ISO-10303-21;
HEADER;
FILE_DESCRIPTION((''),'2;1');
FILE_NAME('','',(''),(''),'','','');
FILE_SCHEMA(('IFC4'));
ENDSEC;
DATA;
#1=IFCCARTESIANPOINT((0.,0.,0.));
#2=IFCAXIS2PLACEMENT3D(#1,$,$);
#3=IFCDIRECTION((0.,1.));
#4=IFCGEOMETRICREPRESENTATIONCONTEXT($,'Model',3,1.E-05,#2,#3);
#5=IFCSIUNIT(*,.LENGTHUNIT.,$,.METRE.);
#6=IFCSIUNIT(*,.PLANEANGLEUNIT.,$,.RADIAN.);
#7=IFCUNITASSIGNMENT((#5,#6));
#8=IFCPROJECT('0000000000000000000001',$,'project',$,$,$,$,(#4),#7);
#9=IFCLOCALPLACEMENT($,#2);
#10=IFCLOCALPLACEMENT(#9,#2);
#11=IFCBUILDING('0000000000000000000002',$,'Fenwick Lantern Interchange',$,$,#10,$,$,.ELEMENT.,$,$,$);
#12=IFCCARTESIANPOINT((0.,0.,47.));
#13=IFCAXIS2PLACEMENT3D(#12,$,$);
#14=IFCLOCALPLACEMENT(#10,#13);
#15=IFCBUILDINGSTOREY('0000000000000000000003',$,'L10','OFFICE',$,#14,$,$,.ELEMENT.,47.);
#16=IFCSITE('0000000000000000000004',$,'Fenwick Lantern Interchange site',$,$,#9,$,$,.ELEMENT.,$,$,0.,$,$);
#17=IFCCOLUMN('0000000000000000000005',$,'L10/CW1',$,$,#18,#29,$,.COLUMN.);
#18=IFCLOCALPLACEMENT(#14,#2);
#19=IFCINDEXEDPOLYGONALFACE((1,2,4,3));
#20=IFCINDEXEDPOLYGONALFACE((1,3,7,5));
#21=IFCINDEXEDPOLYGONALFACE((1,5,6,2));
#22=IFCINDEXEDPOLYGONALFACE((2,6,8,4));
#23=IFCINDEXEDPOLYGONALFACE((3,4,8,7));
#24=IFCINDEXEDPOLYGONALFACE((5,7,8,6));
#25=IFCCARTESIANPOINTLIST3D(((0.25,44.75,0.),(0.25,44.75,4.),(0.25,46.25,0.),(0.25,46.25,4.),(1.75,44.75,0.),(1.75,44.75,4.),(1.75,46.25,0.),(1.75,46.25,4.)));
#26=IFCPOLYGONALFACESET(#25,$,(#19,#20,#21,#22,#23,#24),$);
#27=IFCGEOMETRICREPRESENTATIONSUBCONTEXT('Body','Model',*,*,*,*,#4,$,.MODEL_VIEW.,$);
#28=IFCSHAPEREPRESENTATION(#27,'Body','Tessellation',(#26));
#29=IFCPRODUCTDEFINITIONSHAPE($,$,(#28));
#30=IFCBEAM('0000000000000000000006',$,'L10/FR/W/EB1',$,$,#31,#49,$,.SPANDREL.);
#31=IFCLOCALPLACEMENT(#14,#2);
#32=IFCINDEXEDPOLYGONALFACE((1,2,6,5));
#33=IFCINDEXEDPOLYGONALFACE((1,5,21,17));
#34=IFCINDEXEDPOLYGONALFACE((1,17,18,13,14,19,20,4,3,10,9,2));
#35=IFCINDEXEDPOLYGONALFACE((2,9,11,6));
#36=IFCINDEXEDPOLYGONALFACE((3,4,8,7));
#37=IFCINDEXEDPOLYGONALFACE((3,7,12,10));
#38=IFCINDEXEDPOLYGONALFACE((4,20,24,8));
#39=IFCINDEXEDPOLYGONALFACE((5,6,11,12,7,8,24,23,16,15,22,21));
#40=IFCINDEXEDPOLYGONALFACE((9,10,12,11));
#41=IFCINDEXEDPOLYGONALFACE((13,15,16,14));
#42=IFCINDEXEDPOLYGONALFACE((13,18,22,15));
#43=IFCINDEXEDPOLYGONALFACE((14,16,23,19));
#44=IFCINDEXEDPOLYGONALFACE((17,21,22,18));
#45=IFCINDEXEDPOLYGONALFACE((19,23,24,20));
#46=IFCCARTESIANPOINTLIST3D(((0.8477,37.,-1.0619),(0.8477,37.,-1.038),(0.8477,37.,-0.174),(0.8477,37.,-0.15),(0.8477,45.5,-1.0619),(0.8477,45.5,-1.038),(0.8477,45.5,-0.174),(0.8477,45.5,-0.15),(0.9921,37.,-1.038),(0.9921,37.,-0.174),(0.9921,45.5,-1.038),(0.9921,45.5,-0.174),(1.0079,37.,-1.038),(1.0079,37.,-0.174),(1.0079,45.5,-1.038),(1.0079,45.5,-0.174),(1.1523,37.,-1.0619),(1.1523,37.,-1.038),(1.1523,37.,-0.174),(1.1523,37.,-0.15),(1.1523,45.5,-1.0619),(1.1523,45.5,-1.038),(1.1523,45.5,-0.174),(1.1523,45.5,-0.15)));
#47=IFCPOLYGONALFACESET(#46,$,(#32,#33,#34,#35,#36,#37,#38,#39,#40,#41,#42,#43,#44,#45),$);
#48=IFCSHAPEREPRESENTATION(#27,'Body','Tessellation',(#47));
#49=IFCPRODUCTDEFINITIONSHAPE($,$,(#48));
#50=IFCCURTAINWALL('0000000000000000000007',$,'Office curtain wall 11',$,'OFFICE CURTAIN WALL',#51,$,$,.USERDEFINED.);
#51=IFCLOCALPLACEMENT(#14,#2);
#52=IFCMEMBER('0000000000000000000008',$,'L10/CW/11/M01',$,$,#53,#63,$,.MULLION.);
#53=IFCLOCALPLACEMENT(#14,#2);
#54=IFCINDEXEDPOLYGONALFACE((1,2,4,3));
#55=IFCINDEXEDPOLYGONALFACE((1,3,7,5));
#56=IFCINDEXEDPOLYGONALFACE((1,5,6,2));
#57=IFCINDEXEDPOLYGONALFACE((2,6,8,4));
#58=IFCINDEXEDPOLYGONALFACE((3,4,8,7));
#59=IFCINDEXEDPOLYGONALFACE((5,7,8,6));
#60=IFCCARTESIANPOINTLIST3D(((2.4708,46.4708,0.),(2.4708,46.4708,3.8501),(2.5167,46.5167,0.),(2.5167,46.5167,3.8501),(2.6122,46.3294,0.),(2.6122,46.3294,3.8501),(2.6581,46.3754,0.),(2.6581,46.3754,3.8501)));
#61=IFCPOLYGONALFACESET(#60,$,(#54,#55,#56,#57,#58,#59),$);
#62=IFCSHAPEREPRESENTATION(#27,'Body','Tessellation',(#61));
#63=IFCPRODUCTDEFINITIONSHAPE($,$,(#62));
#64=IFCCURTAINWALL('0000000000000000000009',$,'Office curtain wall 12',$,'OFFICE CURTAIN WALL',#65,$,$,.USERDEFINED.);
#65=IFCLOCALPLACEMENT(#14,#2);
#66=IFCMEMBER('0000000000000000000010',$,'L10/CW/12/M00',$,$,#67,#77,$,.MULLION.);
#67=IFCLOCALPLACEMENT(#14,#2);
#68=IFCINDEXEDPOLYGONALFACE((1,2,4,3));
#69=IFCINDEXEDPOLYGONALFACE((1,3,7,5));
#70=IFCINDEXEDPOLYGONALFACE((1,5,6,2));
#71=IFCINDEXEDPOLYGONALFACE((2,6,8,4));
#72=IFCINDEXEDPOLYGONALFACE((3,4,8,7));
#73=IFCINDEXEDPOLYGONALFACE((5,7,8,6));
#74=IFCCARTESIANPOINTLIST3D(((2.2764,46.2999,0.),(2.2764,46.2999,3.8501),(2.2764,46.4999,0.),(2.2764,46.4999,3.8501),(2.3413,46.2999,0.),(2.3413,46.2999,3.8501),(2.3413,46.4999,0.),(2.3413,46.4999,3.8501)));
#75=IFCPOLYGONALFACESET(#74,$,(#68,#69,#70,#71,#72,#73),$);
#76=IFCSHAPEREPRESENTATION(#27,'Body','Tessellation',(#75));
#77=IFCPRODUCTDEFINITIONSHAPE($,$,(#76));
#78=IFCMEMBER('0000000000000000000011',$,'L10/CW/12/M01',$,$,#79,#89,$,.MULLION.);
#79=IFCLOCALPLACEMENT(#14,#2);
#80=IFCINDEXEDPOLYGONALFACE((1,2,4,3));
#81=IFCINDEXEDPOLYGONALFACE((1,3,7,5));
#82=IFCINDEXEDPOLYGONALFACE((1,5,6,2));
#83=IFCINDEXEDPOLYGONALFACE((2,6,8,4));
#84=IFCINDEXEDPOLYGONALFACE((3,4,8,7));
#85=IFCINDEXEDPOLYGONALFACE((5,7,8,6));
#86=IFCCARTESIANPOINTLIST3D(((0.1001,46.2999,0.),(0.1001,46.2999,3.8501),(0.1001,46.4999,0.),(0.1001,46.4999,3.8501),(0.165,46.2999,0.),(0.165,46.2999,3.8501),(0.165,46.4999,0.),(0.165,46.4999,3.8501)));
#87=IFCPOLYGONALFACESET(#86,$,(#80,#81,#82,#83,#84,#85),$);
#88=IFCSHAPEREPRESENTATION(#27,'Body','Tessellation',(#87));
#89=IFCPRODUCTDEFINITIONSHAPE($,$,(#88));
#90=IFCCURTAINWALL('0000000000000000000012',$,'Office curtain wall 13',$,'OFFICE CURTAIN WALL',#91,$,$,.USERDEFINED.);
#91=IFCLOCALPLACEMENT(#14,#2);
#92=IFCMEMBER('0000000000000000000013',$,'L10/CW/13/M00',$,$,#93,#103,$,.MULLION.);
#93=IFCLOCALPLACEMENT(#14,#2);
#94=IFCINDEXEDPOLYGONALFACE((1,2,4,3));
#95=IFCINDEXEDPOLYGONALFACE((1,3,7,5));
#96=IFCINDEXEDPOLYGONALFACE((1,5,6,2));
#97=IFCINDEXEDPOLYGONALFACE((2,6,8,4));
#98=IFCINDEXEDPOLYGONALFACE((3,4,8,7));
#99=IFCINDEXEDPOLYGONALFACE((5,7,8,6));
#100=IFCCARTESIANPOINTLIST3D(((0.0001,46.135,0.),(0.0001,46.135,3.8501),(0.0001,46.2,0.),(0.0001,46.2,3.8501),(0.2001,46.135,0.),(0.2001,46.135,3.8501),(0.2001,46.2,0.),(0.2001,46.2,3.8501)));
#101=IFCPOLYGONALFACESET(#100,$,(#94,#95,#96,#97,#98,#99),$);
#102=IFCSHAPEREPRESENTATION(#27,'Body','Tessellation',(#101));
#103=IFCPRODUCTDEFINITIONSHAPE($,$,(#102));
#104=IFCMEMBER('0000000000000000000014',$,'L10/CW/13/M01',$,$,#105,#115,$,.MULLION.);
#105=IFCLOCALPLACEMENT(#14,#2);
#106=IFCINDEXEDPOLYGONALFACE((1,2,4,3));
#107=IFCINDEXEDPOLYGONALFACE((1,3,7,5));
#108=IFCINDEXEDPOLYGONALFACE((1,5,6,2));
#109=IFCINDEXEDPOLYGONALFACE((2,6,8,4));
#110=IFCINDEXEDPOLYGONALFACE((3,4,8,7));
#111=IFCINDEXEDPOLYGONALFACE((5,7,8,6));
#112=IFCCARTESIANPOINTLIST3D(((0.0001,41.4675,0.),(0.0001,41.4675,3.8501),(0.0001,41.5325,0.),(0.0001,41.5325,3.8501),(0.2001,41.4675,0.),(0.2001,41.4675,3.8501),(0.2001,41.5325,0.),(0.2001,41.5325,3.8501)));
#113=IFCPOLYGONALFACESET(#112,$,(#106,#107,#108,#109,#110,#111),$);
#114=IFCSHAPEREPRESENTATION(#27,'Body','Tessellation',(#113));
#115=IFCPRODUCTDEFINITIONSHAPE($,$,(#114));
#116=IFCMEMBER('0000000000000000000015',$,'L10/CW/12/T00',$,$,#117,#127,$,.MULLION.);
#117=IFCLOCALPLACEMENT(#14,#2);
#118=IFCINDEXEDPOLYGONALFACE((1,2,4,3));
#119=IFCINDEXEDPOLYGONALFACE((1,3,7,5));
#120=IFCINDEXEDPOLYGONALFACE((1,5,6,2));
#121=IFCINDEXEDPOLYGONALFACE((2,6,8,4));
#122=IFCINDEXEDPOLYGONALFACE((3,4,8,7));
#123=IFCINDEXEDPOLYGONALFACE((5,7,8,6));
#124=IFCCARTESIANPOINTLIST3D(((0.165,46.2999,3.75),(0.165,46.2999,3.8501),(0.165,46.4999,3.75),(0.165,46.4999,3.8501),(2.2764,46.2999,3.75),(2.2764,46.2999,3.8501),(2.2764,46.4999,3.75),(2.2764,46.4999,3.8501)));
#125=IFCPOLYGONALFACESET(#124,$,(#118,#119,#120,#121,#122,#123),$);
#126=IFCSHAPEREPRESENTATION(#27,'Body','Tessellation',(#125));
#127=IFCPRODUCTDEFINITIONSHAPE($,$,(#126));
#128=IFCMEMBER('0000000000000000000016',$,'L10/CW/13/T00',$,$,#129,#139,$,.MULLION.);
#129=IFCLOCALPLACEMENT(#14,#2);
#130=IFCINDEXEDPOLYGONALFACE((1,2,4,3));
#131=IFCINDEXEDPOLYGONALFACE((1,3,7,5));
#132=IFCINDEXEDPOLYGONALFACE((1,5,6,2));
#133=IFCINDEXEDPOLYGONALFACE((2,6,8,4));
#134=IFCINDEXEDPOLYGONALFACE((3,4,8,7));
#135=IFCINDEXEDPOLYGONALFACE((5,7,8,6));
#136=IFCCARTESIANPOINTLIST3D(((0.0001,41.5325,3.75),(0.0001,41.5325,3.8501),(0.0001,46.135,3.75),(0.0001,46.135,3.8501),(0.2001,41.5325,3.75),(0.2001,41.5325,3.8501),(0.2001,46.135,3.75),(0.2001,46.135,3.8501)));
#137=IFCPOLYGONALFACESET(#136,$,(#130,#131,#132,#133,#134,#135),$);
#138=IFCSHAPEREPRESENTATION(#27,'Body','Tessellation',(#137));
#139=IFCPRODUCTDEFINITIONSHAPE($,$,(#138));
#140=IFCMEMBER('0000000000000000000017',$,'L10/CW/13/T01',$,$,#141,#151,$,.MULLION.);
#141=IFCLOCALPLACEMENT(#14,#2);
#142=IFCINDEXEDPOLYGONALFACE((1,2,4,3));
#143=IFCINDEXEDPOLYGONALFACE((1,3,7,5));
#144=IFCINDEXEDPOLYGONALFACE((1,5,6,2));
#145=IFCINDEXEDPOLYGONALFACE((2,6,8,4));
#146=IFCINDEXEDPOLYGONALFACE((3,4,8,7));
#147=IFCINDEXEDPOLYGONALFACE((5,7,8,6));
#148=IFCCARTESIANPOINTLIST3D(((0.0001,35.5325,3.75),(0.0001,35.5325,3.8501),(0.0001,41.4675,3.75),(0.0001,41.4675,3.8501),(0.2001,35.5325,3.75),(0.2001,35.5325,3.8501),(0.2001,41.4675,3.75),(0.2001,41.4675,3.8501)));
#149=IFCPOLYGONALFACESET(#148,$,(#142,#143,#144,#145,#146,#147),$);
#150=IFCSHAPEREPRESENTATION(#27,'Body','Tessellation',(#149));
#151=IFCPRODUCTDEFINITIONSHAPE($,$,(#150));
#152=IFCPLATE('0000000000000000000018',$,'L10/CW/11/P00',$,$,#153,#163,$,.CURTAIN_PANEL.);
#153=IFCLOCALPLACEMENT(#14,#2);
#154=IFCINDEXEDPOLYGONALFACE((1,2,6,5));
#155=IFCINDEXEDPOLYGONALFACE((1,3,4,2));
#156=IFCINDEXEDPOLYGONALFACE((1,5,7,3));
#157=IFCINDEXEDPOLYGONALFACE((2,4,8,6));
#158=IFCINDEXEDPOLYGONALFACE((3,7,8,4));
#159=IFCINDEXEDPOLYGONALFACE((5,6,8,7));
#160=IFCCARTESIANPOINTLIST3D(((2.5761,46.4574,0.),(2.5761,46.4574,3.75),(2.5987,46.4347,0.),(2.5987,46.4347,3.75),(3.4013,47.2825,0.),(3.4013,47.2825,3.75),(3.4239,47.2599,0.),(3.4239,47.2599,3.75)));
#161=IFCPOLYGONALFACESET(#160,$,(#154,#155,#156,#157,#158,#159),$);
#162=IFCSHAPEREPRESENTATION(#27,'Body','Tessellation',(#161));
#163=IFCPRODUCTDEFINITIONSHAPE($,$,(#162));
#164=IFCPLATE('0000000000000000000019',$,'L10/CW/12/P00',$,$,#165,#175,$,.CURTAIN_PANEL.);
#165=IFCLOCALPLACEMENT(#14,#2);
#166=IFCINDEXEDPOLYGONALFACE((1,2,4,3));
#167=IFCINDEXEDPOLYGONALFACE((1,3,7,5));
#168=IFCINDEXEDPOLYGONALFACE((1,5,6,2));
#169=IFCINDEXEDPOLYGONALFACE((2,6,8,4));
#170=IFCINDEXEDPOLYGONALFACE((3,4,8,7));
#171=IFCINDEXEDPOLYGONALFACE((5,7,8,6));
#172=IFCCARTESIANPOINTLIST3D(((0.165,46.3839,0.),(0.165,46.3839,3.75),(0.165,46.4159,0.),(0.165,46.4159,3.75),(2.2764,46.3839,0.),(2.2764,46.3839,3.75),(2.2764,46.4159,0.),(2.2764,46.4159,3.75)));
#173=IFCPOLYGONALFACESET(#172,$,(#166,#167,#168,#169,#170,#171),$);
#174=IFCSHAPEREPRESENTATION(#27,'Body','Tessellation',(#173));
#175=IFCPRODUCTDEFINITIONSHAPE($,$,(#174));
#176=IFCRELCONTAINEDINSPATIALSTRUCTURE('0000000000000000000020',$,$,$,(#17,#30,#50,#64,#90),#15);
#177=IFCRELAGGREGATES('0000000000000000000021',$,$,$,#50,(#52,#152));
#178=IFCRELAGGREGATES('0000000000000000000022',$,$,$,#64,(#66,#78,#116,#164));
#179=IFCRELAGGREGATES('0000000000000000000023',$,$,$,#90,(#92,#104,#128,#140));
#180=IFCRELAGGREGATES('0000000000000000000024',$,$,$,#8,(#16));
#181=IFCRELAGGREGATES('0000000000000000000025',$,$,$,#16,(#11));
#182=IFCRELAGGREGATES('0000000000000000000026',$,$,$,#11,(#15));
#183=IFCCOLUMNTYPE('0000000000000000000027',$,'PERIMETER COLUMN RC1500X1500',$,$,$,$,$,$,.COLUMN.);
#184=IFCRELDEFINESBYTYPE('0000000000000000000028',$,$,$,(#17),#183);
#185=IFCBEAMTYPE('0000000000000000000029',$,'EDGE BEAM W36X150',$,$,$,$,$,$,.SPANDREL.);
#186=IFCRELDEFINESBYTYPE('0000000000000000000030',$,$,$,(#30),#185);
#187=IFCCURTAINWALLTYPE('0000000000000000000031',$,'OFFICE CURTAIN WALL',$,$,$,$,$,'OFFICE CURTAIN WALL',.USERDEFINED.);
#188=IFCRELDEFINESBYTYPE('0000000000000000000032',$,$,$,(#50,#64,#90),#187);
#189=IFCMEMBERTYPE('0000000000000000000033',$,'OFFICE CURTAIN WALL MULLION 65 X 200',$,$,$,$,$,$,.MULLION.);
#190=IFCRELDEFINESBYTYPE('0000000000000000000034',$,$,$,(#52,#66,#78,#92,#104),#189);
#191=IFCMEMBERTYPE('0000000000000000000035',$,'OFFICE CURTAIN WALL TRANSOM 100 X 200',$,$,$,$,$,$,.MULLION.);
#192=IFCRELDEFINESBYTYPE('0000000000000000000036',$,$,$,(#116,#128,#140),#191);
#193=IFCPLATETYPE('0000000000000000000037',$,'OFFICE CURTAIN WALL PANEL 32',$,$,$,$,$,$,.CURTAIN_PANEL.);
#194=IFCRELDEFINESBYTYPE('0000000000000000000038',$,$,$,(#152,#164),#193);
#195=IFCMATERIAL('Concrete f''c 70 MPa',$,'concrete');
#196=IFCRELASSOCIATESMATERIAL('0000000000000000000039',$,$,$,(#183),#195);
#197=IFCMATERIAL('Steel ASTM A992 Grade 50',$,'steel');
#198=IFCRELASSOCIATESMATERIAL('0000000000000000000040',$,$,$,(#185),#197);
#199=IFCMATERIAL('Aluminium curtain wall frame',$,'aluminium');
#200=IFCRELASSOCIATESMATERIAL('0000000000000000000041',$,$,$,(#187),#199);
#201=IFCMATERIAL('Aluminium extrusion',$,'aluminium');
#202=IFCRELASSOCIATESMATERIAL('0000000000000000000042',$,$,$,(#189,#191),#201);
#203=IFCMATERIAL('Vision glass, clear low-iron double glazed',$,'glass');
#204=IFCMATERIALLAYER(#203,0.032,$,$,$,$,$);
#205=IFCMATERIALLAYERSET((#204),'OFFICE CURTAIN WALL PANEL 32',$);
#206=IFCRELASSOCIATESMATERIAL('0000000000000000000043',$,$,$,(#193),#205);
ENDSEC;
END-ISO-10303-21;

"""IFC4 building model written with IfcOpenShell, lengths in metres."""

from ifc_helpers import new_model, si_unit, direction, frame, origin, origin_2d, place, context, subcontext, project, spatial, rectangle, i_section, extrude, material, layer, layer_set, material_profile, profile_set, type_object, element, aggregate, save


model = new_model("IFC4")

# Units and contexts
model_context = context("Model", 3, precision=1e-05, world=origin(), true_north=direction((0.0, 1.0)))
body_context = subcontext(model_context, "Body", "Model", "MODEL_VIEW")
ifc_project = project(units=[si_unit("LENGTHUNIT", "METRE"), si_unit("PLANEANGLEUNIT", "RADIAN")], contexts=[model_context])

# Site, building, storey
site_placement = place(None, origin())
site = spatial("IfcSite", under=ifc_project, at=site_placement, Name="Fenwick Lantern Interchange site", CompositionType="ELEMENT", RefElevation=0.0)
building_placement = place(site_placement, origin())
building = spatial("IfcBuilding", under=site, at=building_placement, Name="Fenwick Lantern Interchange", CompositionType="ELEMENT")
storey_placement = place(building_placement, frame((0.0, 0.0, 47.0)))
storey = spatial("IfcBuildingStorey", under=building, at=storey_placement, Name="L10", Description="OFFICE", CompositionType="ELEMENT", Elevation=47.0)

# Column
ifc_material_1 = material(Name="Concrete f'c 70 MPa", Category="concrete")
ifc_material_profile_1 = material_profile(ifc_material_1, rectangle(XDim=1.5, YDim=1.5, at=origin_2d()), Name="RC1500X1500")
ifc_profile_set_1 = profile_set([ifc_material_profile_1], Name="Concrete f'c 70 MPa")
column_type = type_object("IfcColumnType", Name="PERIMETER COLUMN RC1500X1500", PredefinedType="COLUMN", material=ifc_profile_set_1)
column_placement = place(storey_placement, frame((1.0, 45.5, 0.0), z_axis=(0.0, 0.0, 1.0), x_axis=(1.0, 0.0, 0.0)))
element("IfcColumn", 1, at=column_placement, inside=storey, type_object=column_type, Name="L10/CW1", PredefinedType="COLUMN", context=body_context, shape_type="SweptSolid", body=[
    extrude(rectangle(XDim=1.5, YDim=1.5, at=origin_2d()), origin(), (0.0, 0.0, 1.0), 4.0),
])

# Beam
ifc_material_2 = material(Name="Steel ASTM A992 Grade 50", Category="steel")
ifc_material_profile_2 = material_profile(ifc_material_2, i_section(OverallWidth=0.3047, OverallDepth=0.9119, WebThickness=0.0159, FlangeThickness=0.0239, at=origin_2d()), Name="W36X150")
ifc_profile_set_2 = profile_set([ifc_material_profile_2], Name="Steel ASTM A992 Grade 50")
beam_type = type_object("IfcBeamType", Name="EDGE BEAM W36X150", PredefinedType="SPANDREL", material=ifc_profile_set_2)
beam_placement = place(storey_placement, frame((1.0, 45.5, -0.606), z_axis=(0.0, -1.0, 0.0), x_axis=(1.0, 0.0, 0.0)))
element("IfcBeam", 2, at=beam_placement, inside=storey, type_object=beam_type, Name="L10/FR/W/EB1", PredefinedType="SPANDREL", context=body_context, shape_type="SweptSolid", body=[
    extrude(i_section(OverallWidth=0.3047, OverallDepth=0.9119, WebThickness=0.0159, FlangeThickness=0.0239, at=origin_2d()), origin(), (0.0, 0.0, 1.0), 8.5),
])

# Curtain wall, member
ifc_material_3 = material(Name="Aluminium curtain wall frame", Category="aluminium")
curtain_wall_type = type_object("IfcCurtainWallType", Name="OFFICE CURTAIN WALL", ElementType="OFFICE CURTAIN WALL", PredefinedType="USERDEFINED", material=ifc_material_3)
curtain_wall_1_placement = place(storey_placement, origin())
curtain_wall_1 = element("IfcCurtainWall", 3, at=curtain_wall_1_placement, inside=storey, type_object=curtain_wall_type, Name="Office curtain wall 11", ObjectType="OFFICE CURTAIN WALL", PredefinedType="USERDEFINED")
ifc_material_4 = material(Name="Aluminium extrusion", Category="aluminium")
ifc_material_profile_3 = material_profile(ifc_material_4, rectangle(XDim=0.2, YDim=0.0649, at=origin_2d()), Name="OFFICE CURTAIN WALL MULLION 65 X 200")
ifc_profile_set_3 = profile_set([ifc_material_profile_3], Name="Aluminium extrusion")
member_type_1 = type_object("IfcMemberType", Name="OFFICE CURTAIN WALL MULLION 65 X 200", PredefinedType="MULLION", material=ifc_profile_set_3)
member_1_placement = place(storey_placement, frame((2.5645, 46.4231, 0.0), z_axis=(0.0, 0.0, 1.0), x_axis=(0.707107, -0.707107, 0.0)))
member_1 = element("IfcMember", 4, at=member_1_placement, type_object=member_type_1, Name="L10/CW/11/M01", PredefinedType="MULLION", context=body_context, shape_type="SweptSolid", body=[
    extrude(rectangle(XDim=0.2, YDim=0.0649, at=origin_2d()), origin(), (0.0, 0.0, 1.0), 3.8501),
])

# Curtain walls, members
curtain_wall_2_placement = place(storey_placement, origin())
curtain_wall_2 = element("IfcCurtainWall", 5, at=curtain_wall_2_placement, inside=storey, type_object=curtain_wall_type, Name="Office curtain wall 12", ObjectType="OFFICE CURTAIN WALL", PredefinedType="USERDEFINED")
member_2_placement = place(storey_placement, frame((2.3088, 46.3999, 0.0), z_axis=(0.0, 0.0, 1.0), x_axis=(0.0, -1.0, 0.0)))
member_2 = element("IfcMember", 6, at=member_2_placement, type_object=member_type_1, Name="L10/CW/12/M00", PredefinedType="MULLION", context=body_context, shape_type="SweptSolid", body=[
    extrude(rectangle(XDim=0.2, YDim=0.0649, at=origin_2d()), origin(), (0.0, 0.0, 1.0), 3.8501),
])
member_3_placement = place(storey_placement, frame((0.1326, 46.3999, 0.0), z_axis=(0.0, 0.0, 1.0), x_axis=(0.0, -1.0, 0.0)))
member_3 = element("IfcMember", 7, at=member_3_placement, type_object=member_type_1, Name="L10/CW/12/M01", PredefinedType="MULLION", context=body_context, shape_type="SweptSolid", body=[
    extrude(rectangle(XDim=0.2, YDim=0.0649, at=origin_2d()), origin(), (0.0, 0.0, 1.0), 3.8501),
])
curtain_wall_3_placement = place(storey_placement, origin())
curtain_wall_3 = element("IfcCurtainWall", 8, at=curtain_wall_3_placement, inside=storey, type_object=curtain_wall_type, Name="Office curtain wall 13", ObjectType="OFFICE CURTAIN WALL", PredefinedType="USERDEFINED")
member_4_placement = place(storey_placement, frame((0.1001, 46.1675, 0.0), z_axis=(0.0, 0.0, 1.0), x_axis=(1.0, 0.0, 0.0)))
member_4 = element("IfcMember", 9, at=member_4_placement, type_object=member_type_1, Name="L10/CW/13/M00", PredefinedType="MULLION", context=body_context, shape_type="SweptSolid", body=[
    extrude(rectangle(XDim=0.2, YDim=0.0649, at=origin_2d()), origin(), (0.0, 0.0, 1.0), 3.8501),
])
member_5_placement = place(storey_placement, frame((0.1001, 41.5, 0.0), z_axis=(0.0, 0.0, 1.0), x_axis=(1.0, 0.0, 0.0)))
member_5 = element("IfcMember", 10, at=member_5_placement, type_object=member_type_1, Name="L10/CW/13/M01", PredefinedType="MULLION", context=body_context, shape_type="SweptSolid", body=[
    extrude(rectangle(XDim=0.2, YDim=0.0649, at=origin_2d()), origin(), (0.0, 0.0, 1.0), 3.8501),
])

# Members
ifc_material_profile_4 = material_profile(ifc_material_4, rectangle(XDim=0.2, YDim=0.1001, at=origin_2d()), Name="OFFICE CURTAIN WALL TRANSOM 100 X 200")
ifc_profile_set_4 = profile_set([ifc_material_profile_4], Name="Aluminium extrusion")
member_type_2 = type_object("IfcMemberType", Name="OFFICE CURTAIN WALL TRANSOM 100 X 200", PredefinedType="MULLION", material=ifc_profile_set_4)
member_6_placement = place(storey_placement, frame((2.2764, 46.3999, 3.8), z_axis=(-1.0, 0.0, 0.0), x_axis=(0.0, -1.0, 0.0)))
member_6 = element("IfcMember", 11, at=member_6_placement, type_object=member_type_2, Name="L10/CW/12/T00", PredefinedType="MULLION", context=body_context, shape_type="SweptSolid", body=[
    extrude(rectangle(XDim=0.2, YDim=0.1001, at=origin_2d()), origin(), (0.0, 0.0, 1.0), 2.1113),
])
member_7_placement = place(storey_placement, frame((0.1001, 46.135, 3.8), z_axis=(0.0, -1.0, 0.0), x_axis=(1.0, 0.0, 0.0)))
member_7 = element("IfcMember", 12, at=member_7_placement, type_object=member_type_2, Name="L10/CW/13/T00", PredefinedType="MULLION", context=body_context, shape_type="SweptSolid", body=[
    extrude(rectangle(XDim=0.2, YDim=0.1001, at=origin_2d()), origin(), (0.0, 0.0, 1.0), 4.6025),
])
member_8_placement = place(storey_placement, frame((0.1001, 41.4675, 3.8), z_axis=(0.0, -1.0, 0.0), x_axis=(1.0, 0.0, 0.0)))
member_8 = element("IfcMember", 13, at=member_8_placement, type_object=member_type_2, Name="L10/CW/13/T01", PredefinedType="MULLION", context=body_context, shape_type="SweptSolid", body=[
    extrude(rectangle(XDim=0.2, YDim=0.1001, at=origin_2d()), origin(), (0.0, 0.0, 1.0), 5.9351),
])

# Plates
ifc_material_5 = material(Name="Vision glass, clear low-iron double glazed", Category="glass")
ifc_layer_1 = layer(ifc_material_5, 0.032)
ifc_layer_set_1 = layer_set([ifc_layer_1], Name="OFFICE CURTAIN WALL PANEL 32")
plate_type = type_object("IfcPlateType", Name="OFFICE CURTAIN WALL PANEL 32", PredefinedType="CURTAIN_PANEL", material=ifc_layer_set_1)
plate_1_placement = place(storey_placement, frame((3.0, 46.8586, 0.0), z_axis=(0.0, 0.0, 1.0), x_axis=(-0.707107, -0.707107, 0.0)))
plate_1 = element("IfcPlate", 14, at=plate_1_placement, type_object=plate_type, Name="L10/CW/11/P00", PredefinedType="CURTAIN_PANEL", context=body_context, shape_type="SweptSolid", body=[
    extrude(rectangle(XDim=1.167, YDim=0.032, at=origin_2d()), origin(), (0.0, 0.0, 1.0), 3.75),
])
aggregate(curtain_wall_1, [member_1, plate_1])
plate_2_placement = place(storey_placement, frame((1.2207, 46.3999, 0.0), z_axis=(0.0, 0.0, 1.0), x_axis=(-1.0, 0.0, 0.0)))
plate_2 = element("IfcPlate", 15, at=plate_2_placement, type_object=plate_type, Name="L10/CW/12/P00", PredefinedType="CURTAIN_PANEL", context=body_context, shape_type="SweptSolid", body=[
    extrude(rectangle(XDim=2.1113, YDim=0.032, at=origin_2d()), origin(), (0.0, 0.0, 1.0), 3.75),
])
aggregate(curtain_wall_2, [member_2, member_3, member_6, plate_2])
aggregate(curtain_wall_3, [member_4, member_5, member_7, member_8])

save(model, "model.ifc")
